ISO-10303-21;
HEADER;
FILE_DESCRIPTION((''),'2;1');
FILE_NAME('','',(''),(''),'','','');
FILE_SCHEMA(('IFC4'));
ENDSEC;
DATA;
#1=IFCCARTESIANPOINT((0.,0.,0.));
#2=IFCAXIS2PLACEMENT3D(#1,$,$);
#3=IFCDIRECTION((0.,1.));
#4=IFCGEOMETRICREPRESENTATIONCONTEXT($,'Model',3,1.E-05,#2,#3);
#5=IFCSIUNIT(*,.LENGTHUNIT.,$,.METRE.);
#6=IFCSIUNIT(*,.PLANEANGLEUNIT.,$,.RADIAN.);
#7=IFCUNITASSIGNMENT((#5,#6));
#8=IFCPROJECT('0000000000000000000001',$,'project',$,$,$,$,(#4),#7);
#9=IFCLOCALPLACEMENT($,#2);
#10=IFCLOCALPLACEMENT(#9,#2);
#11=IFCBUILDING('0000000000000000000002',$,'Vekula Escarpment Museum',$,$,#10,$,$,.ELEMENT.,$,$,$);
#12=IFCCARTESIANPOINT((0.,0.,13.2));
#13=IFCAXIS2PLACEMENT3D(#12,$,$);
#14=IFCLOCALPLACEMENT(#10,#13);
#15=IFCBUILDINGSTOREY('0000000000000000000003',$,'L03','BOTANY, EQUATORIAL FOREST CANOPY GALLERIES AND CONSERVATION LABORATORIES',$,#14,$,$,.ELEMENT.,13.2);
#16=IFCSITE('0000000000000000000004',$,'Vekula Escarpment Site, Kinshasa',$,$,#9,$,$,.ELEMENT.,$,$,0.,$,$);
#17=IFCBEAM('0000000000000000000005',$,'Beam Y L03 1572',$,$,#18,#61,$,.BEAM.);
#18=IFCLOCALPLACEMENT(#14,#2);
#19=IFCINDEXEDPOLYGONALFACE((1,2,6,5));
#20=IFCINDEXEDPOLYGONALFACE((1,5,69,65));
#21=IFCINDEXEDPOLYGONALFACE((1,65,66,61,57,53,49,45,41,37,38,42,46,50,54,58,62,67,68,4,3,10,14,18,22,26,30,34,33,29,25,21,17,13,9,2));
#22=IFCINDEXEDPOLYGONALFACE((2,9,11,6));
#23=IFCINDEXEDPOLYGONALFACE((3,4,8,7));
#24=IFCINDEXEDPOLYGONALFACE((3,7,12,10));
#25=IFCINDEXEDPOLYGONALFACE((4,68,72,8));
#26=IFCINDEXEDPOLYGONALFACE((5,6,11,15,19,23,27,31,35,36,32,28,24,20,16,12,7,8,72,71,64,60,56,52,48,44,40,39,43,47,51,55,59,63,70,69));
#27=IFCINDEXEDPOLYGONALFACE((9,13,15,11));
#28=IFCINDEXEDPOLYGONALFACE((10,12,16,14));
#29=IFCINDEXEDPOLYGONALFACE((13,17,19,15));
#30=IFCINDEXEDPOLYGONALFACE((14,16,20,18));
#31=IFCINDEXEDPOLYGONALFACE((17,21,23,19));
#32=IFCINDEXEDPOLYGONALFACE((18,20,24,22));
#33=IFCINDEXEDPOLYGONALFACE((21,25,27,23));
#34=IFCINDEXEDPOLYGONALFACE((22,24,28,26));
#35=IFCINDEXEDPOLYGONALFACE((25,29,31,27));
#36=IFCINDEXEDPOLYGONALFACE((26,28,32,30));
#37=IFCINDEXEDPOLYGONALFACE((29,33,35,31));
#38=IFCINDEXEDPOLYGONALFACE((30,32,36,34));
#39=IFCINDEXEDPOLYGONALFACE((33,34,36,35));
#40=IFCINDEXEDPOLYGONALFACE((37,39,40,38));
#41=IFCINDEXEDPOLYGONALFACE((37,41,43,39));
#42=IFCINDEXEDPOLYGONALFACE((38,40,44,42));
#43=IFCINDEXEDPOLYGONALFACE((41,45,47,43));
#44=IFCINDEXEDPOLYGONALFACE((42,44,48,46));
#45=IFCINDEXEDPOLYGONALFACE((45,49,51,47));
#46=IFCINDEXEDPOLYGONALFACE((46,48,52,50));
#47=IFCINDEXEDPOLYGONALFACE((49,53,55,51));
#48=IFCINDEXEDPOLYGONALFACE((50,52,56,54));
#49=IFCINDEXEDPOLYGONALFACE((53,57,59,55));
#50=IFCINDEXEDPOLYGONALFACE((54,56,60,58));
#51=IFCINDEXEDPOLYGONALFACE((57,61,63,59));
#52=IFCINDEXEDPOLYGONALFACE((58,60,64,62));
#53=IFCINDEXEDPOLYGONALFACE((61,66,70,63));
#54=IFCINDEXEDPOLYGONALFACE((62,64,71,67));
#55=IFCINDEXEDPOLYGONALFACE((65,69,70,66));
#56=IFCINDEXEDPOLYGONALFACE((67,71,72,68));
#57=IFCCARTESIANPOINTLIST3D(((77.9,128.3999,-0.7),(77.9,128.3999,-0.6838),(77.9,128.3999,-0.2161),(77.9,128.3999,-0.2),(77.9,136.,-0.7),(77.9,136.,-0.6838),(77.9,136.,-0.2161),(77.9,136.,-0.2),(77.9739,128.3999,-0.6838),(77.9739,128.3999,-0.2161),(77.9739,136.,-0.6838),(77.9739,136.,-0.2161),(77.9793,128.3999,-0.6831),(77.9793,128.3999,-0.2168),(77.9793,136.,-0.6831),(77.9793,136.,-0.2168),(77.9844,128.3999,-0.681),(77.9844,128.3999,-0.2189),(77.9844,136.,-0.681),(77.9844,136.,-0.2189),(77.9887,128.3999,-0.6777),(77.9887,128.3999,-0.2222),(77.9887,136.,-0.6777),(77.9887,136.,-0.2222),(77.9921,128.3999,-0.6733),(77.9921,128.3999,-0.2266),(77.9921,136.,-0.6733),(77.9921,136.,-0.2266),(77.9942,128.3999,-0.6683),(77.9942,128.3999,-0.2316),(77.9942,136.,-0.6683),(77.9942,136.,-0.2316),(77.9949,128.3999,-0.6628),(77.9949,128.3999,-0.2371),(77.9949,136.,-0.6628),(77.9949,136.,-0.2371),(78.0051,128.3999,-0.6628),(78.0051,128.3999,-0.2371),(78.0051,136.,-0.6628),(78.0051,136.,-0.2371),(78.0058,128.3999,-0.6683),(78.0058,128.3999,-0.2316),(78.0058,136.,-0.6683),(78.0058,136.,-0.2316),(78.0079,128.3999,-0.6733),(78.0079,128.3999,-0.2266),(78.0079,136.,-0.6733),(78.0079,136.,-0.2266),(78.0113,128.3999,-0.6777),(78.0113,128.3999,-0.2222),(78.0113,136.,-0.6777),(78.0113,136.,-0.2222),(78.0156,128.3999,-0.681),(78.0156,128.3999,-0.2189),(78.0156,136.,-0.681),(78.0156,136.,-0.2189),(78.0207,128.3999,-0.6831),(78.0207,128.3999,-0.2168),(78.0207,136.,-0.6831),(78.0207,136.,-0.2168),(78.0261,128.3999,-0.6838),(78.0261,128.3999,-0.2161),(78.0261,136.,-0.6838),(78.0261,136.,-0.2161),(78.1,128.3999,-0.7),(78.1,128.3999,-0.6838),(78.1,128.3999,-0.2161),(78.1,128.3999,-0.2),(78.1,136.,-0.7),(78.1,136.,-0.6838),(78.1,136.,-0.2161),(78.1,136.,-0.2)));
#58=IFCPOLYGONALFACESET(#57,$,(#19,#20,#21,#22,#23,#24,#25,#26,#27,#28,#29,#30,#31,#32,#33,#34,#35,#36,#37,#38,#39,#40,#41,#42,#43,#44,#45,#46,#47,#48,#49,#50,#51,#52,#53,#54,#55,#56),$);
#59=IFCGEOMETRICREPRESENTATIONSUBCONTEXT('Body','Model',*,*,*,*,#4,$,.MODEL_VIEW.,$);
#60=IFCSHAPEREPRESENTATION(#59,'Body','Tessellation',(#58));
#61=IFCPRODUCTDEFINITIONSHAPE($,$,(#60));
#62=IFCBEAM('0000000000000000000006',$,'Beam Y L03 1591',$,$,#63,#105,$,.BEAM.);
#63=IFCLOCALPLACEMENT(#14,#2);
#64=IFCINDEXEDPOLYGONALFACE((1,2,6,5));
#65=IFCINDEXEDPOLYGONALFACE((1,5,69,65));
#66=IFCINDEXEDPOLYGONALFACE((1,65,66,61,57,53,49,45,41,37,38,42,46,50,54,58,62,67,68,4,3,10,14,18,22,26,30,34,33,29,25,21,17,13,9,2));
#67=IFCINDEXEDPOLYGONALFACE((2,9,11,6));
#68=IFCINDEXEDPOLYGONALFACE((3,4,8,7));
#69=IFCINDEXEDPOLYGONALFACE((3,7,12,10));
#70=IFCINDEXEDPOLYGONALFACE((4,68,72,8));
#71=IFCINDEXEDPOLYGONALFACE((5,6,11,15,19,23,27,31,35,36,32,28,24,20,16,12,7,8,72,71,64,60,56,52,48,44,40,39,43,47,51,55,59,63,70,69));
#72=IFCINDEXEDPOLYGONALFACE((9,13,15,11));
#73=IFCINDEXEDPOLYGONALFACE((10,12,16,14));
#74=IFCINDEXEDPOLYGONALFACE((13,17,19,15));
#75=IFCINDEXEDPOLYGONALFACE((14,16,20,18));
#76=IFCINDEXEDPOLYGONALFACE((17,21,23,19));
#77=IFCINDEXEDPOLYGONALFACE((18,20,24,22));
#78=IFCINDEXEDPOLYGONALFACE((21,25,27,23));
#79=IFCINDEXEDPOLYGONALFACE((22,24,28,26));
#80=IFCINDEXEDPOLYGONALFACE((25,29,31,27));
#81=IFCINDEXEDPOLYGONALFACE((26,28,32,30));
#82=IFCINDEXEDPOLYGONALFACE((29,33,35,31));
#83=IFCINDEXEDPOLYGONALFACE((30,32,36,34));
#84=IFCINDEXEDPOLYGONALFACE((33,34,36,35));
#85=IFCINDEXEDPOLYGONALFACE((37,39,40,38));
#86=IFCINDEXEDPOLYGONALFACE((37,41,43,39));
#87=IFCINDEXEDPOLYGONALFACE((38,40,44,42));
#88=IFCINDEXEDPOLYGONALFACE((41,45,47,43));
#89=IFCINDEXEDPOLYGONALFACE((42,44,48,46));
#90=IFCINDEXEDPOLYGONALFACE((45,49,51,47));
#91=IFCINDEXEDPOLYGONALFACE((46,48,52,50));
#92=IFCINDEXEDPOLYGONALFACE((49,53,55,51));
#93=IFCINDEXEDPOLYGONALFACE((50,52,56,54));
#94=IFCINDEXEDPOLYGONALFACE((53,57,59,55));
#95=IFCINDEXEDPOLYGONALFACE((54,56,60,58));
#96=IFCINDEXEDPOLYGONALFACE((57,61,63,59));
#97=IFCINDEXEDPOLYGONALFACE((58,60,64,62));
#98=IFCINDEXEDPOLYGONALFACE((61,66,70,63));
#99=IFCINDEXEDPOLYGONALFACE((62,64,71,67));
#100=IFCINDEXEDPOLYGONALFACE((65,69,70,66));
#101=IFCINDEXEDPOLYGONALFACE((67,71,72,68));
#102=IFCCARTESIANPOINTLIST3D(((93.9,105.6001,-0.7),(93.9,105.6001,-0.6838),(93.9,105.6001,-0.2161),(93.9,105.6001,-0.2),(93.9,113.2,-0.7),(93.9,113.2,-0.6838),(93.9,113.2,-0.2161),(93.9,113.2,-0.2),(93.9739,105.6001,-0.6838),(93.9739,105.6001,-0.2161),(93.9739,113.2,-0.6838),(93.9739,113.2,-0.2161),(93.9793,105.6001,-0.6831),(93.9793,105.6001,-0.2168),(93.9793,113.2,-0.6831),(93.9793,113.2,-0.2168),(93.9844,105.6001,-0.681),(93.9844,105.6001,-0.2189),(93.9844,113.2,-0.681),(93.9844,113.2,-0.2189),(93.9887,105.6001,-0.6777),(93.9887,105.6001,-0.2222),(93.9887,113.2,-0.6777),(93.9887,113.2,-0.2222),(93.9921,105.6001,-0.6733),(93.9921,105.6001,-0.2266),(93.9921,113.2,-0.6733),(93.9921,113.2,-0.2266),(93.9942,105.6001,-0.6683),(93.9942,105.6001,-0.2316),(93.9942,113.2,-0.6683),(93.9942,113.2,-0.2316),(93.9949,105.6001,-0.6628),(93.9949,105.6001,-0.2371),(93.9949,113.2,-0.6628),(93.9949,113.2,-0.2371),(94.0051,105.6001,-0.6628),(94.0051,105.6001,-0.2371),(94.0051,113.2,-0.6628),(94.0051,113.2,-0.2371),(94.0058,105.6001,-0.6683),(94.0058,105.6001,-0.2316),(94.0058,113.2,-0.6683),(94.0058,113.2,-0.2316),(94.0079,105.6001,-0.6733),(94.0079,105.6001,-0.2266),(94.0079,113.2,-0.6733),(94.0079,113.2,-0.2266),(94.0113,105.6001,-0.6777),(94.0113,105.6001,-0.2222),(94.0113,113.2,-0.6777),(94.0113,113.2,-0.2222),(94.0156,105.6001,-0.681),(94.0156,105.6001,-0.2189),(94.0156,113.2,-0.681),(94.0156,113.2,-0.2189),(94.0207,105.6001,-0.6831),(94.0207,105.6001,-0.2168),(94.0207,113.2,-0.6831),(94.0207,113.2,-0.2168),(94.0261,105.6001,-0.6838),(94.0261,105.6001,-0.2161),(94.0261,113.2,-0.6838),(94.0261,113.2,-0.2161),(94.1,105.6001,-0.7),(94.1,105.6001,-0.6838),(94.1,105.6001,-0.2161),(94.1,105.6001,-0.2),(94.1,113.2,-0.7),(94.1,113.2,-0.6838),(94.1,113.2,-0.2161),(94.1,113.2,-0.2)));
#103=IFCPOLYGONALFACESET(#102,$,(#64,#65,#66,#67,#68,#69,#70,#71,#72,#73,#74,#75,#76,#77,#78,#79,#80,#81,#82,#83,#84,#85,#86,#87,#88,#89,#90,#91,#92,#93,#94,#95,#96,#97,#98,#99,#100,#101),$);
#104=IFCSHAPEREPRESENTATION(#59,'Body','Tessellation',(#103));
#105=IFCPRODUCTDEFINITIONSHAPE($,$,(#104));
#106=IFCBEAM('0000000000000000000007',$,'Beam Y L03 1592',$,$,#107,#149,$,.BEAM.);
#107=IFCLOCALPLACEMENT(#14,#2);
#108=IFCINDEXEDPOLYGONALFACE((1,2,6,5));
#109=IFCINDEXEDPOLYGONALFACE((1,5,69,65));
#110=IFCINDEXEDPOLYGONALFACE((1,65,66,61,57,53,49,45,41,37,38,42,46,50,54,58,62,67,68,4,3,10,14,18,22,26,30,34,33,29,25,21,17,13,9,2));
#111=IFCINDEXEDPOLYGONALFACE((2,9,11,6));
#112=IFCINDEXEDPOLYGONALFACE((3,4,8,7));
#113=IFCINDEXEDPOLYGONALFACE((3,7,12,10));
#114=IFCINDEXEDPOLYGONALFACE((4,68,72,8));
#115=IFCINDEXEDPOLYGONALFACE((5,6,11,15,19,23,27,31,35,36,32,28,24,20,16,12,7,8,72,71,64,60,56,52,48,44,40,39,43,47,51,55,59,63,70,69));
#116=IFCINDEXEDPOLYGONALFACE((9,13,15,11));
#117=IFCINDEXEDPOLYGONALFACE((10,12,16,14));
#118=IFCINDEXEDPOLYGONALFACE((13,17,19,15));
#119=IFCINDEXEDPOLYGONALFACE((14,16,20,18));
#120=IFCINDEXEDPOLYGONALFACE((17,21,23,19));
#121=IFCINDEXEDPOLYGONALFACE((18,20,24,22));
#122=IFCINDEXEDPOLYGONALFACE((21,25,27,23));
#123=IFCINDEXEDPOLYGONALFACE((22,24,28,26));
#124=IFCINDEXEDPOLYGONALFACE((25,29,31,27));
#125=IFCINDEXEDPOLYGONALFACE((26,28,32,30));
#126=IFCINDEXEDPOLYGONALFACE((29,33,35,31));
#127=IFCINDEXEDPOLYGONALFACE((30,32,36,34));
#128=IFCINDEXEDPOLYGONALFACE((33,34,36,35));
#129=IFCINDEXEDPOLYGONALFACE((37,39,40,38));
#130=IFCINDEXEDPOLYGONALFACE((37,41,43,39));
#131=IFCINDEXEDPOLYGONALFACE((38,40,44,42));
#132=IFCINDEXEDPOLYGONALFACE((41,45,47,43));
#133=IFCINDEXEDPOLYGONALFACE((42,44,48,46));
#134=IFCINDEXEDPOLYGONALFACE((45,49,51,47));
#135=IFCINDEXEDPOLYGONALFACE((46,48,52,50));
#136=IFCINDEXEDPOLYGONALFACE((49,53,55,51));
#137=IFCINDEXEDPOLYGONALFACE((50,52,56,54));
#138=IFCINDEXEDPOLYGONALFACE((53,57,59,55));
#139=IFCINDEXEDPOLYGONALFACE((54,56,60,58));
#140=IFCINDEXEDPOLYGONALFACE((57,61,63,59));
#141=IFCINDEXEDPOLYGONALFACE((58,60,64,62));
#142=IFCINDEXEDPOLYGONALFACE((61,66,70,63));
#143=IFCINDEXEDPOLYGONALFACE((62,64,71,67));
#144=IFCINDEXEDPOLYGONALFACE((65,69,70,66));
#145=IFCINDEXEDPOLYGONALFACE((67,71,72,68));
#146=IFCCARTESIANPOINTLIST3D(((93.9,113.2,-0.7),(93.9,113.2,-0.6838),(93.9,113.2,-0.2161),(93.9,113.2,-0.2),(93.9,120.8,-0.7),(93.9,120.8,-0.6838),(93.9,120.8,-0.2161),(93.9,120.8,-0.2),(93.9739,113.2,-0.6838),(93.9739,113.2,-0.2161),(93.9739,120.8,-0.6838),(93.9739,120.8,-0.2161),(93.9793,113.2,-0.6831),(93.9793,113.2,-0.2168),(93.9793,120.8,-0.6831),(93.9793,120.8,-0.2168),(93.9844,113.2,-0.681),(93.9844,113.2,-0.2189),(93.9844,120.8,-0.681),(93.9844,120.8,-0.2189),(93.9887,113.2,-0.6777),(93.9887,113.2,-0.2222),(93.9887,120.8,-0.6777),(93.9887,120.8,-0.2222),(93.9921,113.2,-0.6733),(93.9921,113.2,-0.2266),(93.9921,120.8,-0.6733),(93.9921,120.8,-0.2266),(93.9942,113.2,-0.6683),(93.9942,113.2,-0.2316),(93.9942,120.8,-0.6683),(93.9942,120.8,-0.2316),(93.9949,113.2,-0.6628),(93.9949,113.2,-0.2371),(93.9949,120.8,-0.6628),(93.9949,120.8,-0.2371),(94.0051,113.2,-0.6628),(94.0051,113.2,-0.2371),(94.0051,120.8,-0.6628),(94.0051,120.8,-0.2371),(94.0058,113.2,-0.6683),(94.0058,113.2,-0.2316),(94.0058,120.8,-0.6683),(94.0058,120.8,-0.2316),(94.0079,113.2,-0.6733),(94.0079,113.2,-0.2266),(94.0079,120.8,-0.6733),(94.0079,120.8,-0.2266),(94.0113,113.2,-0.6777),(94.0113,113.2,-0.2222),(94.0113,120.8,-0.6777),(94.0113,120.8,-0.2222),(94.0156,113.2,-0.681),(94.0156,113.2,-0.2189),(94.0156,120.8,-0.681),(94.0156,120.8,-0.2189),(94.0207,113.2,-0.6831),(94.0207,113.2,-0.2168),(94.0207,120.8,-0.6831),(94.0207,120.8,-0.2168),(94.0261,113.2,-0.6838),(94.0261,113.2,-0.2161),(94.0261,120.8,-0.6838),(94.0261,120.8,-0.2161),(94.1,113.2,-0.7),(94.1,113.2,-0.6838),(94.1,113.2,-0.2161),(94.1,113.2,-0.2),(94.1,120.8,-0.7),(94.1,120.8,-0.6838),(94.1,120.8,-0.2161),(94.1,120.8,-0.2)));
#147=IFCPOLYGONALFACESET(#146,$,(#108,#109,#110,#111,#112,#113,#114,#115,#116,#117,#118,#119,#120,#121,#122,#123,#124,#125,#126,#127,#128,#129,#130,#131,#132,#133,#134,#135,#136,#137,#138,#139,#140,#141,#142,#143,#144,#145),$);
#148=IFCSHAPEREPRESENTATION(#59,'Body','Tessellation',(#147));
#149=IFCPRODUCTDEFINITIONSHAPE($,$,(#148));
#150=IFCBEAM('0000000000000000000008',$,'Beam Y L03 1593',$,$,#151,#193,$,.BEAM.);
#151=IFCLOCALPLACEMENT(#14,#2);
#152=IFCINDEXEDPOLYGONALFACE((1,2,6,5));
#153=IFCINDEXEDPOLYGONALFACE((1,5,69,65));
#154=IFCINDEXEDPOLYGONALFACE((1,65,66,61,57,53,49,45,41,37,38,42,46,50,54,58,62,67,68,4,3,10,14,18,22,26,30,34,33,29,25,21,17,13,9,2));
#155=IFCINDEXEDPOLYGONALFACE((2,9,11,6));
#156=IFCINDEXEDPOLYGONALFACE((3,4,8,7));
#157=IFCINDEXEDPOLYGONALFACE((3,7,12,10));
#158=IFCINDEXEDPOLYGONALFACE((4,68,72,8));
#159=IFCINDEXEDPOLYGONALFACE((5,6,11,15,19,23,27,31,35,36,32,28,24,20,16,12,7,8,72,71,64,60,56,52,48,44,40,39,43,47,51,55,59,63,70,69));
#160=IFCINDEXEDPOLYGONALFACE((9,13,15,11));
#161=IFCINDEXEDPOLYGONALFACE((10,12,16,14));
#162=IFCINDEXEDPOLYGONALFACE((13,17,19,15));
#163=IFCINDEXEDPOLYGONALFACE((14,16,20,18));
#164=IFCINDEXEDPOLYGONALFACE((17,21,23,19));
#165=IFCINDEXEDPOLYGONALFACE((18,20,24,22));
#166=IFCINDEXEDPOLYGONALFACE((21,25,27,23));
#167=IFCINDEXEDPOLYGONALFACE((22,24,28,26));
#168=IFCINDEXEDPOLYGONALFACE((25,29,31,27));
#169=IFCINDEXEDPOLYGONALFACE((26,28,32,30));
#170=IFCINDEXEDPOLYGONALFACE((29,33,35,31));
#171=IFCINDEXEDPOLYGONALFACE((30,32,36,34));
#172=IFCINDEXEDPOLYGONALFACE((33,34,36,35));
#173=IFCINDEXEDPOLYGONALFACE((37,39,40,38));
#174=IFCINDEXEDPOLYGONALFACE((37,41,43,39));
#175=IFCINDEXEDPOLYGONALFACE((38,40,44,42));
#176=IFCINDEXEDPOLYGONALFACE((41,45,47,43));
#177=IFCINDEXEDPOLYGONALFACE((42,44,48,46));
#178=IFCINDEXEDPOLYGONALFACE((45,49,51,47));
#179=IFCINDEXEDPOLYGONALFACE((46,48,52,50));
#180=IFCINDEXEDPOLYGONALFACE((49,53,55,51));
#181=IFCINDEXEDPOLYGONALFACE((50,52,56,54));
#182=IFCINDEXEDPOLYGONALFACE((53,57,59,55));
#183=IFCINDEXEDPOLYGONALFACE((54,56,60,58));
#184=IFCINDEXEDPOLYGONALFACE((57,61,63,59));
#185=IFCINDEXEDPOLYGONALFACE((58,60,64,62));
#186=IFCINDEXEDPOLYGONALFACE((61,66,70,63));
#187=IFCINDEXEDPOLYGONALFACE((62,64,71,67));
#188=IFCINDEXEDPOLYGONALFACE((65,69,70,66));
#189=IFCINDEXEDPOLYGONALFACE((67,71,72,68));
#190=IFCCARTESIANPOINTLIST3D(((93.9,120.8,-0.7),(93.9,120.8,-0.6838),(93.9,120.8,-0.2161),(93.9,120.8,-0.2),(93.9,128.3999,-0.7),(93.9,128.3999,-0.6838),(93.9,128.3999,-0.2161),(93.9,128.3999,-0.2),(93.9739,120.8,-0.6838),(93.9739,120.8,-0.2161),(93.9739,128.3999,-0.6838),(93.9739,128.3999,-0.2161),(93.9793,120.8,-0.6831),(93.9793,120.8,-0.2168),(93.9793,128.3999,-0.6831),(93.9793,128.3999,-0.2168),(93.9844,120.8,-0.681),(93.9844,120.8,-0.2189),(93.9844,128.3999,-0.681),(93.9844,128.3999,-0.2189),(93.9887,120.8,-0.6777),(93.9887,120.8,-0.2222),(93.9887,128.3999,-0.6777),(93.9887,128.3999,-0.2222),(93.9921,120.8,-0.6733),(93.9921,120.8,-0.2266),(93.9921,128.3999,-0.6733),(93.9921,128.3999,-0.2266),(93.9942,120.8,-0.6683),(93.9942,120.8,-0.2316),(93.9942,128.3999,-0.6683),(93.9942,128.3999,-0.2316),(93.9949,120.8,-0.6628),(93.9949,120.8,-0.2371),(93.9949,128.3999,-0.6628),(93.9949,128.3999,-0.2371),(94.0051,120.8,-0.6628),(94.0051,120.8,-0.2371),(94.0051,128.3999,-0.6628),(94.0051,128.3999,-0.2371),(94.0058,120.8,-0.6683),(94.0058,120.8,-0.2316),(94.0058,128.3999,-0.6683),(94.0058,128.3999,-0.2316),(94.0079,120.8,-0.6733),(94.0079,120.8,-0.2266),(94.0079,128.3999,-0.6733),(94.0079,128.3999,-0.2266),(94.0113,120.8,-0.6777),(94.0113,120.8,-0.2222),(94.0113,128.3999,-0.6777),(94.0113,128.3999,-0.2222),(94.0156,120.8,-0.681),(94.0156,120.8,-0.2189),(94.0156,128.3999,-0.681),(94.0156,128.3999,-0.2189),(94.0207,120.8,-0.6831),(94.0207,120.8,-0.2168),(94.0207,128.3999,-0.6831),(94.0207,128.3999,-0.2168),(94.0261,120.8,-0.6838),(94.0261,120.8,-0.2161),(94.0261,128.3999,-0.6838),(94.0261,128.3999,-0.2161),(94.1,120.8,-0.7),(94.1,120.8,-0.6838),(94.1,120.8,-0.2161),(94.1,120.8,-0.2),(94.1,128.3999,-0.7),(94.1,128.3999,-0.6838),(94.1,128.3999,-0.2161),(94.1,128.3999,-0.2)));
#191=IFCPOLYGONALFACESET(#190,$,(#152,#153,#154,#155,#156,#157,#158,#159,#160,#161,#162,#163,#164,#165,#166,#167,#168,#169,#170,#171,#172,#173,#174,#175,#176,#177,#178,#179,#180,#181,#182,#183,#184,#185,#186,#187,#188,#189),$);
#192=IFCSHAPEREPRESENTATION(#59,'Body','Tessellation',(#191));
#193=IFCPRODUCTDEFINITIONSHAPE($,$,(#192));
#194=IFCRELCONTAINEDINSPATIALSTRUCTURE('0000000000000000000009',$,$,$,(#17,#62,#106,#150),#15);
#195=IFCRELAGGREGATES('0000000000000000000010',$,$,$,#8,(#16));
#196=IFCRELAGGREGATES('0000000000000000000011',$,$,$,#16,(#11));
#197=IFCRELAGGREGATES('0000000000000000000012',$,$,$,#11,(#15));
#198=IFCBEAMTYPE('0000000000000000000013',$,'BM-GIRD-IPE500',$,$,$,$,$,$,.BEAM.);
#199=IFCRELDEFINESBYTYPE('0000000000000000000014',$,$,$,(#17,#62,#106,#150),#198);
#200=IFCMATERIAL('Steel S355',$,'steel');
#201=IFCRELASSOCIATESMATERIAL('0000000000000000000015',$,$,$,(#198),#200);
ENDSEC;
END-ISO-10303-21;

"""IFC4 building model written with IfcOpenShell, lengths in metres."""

from ifc_helpers import new_model, si_unit, direction, frame, origin, origin_2d, place, context, subcontext, project, spatial, i_section, extrude, material, material_profile, profile_set, type_object, element, save


model = new_model("IFC4")

# Units and contexts
model_context = context("Model", 3, precision=1e-05, world=origin(), true_north=direction((0.0, 1.0)))
body_context = subcontext(model_context, "Body", "Model", "MODEL_VIEW")
ifc_project = project(units=[si_unit("LENGTHUNIT", "METRE"), si_unit("PLANEANGLEUNIT", "RADIAN")], contexts=[model_context])

# Site, building, storey
site_placement = place(None, origin())
site = spatial("IfcSite", under=ifc_project, at=site_placement, Name="Vekula Escarpment Site, Kinshasa", CompositionType="ELEMENT", RefElevation=0.0)
building_placement = place(site_placement, origin())
building = spatial("IfcBuilding", under=site, at=building_placement, Name="Vekula Escarpment Museum", CompositionType="ELEMENT")
storey_placement = place(building_placement, frame((0.0, 0.0, 13.2)))
storey = spatial("IfcBuildingStorey", under=building, at=storey_placement, Name="L03", Description="BOTANY, EQUATORIAL FOREST CANOPY GALLERIES AND CONSERVATION LABORATORIES", CompositionType="ELEMENT", Elevation=13.2)

# Beams
ifc_material_1 = material(Name="Steel S355", Category="steel")
ifc_material_profile_1 = material_profile(ifc_material_1, i_section(OverallWidth=0.2, OverallDepth=0.5, WebThickness=0.0103, FlangeThickness=0.0161, FilletRadius=0.021, at=origin_2d()), Name="IPE 500")
ifc_profile_set_1 = profile_set([ifc_material_profile_1], Name="Steel S355")
beam_type_1 = type_object("IfcBeamType", Name="BM-GIRD-IPE500", PredefinedType="BEAM", material=ifc_profile_set_1)
beam_1_placement = place(storey_placement, frame((78.0, 128.3999, -0.45), z_axis=(0.0, 1.0, 0.0), x_axis=(-1.0, 0.0, 0.0)))
element("IfcBeam", 1, at=beam_1_placement, inside=storey, type_object=beam_type_1, Name="Beam Y L03 1572", PredefinedType="BEAM", context=body_context, shape_type="SweptSolid", body=[
    extrude(i_section(OverallWidth=0.2, OverallDepth=0.5, WebThickness=0.0103, FlangeThickness=0.0161, FilletRadius=0.021, at=origin_2d()), origin(), (0.0, 0.0, 1.0), 7.6001),
])
beam_2_placement = place(storey_placement, frame((94.0, 105.6001, -0.45), z_axis=(0.0, 1.0, 0.0), x_axis=(-1.0, 0.0, 0.0)))
element("IfcBeam", 2, at=beam_2_placement, inside=storey, type_object=beam_type_1, Name="Beam Y L03 1591", PredefinedType="BEAM", context=body_context, shape_type="SweptSolid", body=[
    extrude(i_section(OverallWidth=0.2, OverallDepth=0.5, WebThickness=0.0103, FlangeThickness=0.0161, FilletRadius=0.021, at=origin_2d()), origin(), (0.0, 0.0, 1.0), 7.5999),
])
beam_3_placement = place(storey_placement, frame((94.0, 113.2, -0.45), z_axis=(0.0, 1.0, 0.0), x_axis=(-1.0, 0.0, 0.0)))
element("IfcBeam", 3, at=beam_3_placement, inside=storey, type_object=beam_type_1, Name="Beam Y L03 1592", PredefinedType="BEAM", context=body_context, shape_type="SweptSolid", body=[
    extrude(i_section(OverallWidth=0.2, OverallDepth=0.5, WebThickness=0.0103, FlangeThickness=0.0161, FilletRadius=0.021, at=origin_2d()), origin(), (0.0, 0.0, 1.0), 7.6001),
])
beam_4_placement = place(storey_placement, frame((94.0, 120.8, -0.45), z_axis=(0.0, 1.0, 0.0), x_axis=(-1.0, 0.0, 0.0)))
element("IfcBeam", 4, at=beam_4_placement, inside=storey, type_object=beam_type_1, Name="Beam Y L03 1593", PredefinedType="BEAM", context=body_context, shape_type="SweptSolid", body=[
    extrude(i_section(OverallWidth=0.2, OverallDepth=0.5, WebThickness=0.0103, FlangeThickness=0.0161, FilletRadius=0.021, at=origin_2d()), origin(), (0.0, 0.0, 1.0), 7.5999),
])

save(model, "model.ifc")
